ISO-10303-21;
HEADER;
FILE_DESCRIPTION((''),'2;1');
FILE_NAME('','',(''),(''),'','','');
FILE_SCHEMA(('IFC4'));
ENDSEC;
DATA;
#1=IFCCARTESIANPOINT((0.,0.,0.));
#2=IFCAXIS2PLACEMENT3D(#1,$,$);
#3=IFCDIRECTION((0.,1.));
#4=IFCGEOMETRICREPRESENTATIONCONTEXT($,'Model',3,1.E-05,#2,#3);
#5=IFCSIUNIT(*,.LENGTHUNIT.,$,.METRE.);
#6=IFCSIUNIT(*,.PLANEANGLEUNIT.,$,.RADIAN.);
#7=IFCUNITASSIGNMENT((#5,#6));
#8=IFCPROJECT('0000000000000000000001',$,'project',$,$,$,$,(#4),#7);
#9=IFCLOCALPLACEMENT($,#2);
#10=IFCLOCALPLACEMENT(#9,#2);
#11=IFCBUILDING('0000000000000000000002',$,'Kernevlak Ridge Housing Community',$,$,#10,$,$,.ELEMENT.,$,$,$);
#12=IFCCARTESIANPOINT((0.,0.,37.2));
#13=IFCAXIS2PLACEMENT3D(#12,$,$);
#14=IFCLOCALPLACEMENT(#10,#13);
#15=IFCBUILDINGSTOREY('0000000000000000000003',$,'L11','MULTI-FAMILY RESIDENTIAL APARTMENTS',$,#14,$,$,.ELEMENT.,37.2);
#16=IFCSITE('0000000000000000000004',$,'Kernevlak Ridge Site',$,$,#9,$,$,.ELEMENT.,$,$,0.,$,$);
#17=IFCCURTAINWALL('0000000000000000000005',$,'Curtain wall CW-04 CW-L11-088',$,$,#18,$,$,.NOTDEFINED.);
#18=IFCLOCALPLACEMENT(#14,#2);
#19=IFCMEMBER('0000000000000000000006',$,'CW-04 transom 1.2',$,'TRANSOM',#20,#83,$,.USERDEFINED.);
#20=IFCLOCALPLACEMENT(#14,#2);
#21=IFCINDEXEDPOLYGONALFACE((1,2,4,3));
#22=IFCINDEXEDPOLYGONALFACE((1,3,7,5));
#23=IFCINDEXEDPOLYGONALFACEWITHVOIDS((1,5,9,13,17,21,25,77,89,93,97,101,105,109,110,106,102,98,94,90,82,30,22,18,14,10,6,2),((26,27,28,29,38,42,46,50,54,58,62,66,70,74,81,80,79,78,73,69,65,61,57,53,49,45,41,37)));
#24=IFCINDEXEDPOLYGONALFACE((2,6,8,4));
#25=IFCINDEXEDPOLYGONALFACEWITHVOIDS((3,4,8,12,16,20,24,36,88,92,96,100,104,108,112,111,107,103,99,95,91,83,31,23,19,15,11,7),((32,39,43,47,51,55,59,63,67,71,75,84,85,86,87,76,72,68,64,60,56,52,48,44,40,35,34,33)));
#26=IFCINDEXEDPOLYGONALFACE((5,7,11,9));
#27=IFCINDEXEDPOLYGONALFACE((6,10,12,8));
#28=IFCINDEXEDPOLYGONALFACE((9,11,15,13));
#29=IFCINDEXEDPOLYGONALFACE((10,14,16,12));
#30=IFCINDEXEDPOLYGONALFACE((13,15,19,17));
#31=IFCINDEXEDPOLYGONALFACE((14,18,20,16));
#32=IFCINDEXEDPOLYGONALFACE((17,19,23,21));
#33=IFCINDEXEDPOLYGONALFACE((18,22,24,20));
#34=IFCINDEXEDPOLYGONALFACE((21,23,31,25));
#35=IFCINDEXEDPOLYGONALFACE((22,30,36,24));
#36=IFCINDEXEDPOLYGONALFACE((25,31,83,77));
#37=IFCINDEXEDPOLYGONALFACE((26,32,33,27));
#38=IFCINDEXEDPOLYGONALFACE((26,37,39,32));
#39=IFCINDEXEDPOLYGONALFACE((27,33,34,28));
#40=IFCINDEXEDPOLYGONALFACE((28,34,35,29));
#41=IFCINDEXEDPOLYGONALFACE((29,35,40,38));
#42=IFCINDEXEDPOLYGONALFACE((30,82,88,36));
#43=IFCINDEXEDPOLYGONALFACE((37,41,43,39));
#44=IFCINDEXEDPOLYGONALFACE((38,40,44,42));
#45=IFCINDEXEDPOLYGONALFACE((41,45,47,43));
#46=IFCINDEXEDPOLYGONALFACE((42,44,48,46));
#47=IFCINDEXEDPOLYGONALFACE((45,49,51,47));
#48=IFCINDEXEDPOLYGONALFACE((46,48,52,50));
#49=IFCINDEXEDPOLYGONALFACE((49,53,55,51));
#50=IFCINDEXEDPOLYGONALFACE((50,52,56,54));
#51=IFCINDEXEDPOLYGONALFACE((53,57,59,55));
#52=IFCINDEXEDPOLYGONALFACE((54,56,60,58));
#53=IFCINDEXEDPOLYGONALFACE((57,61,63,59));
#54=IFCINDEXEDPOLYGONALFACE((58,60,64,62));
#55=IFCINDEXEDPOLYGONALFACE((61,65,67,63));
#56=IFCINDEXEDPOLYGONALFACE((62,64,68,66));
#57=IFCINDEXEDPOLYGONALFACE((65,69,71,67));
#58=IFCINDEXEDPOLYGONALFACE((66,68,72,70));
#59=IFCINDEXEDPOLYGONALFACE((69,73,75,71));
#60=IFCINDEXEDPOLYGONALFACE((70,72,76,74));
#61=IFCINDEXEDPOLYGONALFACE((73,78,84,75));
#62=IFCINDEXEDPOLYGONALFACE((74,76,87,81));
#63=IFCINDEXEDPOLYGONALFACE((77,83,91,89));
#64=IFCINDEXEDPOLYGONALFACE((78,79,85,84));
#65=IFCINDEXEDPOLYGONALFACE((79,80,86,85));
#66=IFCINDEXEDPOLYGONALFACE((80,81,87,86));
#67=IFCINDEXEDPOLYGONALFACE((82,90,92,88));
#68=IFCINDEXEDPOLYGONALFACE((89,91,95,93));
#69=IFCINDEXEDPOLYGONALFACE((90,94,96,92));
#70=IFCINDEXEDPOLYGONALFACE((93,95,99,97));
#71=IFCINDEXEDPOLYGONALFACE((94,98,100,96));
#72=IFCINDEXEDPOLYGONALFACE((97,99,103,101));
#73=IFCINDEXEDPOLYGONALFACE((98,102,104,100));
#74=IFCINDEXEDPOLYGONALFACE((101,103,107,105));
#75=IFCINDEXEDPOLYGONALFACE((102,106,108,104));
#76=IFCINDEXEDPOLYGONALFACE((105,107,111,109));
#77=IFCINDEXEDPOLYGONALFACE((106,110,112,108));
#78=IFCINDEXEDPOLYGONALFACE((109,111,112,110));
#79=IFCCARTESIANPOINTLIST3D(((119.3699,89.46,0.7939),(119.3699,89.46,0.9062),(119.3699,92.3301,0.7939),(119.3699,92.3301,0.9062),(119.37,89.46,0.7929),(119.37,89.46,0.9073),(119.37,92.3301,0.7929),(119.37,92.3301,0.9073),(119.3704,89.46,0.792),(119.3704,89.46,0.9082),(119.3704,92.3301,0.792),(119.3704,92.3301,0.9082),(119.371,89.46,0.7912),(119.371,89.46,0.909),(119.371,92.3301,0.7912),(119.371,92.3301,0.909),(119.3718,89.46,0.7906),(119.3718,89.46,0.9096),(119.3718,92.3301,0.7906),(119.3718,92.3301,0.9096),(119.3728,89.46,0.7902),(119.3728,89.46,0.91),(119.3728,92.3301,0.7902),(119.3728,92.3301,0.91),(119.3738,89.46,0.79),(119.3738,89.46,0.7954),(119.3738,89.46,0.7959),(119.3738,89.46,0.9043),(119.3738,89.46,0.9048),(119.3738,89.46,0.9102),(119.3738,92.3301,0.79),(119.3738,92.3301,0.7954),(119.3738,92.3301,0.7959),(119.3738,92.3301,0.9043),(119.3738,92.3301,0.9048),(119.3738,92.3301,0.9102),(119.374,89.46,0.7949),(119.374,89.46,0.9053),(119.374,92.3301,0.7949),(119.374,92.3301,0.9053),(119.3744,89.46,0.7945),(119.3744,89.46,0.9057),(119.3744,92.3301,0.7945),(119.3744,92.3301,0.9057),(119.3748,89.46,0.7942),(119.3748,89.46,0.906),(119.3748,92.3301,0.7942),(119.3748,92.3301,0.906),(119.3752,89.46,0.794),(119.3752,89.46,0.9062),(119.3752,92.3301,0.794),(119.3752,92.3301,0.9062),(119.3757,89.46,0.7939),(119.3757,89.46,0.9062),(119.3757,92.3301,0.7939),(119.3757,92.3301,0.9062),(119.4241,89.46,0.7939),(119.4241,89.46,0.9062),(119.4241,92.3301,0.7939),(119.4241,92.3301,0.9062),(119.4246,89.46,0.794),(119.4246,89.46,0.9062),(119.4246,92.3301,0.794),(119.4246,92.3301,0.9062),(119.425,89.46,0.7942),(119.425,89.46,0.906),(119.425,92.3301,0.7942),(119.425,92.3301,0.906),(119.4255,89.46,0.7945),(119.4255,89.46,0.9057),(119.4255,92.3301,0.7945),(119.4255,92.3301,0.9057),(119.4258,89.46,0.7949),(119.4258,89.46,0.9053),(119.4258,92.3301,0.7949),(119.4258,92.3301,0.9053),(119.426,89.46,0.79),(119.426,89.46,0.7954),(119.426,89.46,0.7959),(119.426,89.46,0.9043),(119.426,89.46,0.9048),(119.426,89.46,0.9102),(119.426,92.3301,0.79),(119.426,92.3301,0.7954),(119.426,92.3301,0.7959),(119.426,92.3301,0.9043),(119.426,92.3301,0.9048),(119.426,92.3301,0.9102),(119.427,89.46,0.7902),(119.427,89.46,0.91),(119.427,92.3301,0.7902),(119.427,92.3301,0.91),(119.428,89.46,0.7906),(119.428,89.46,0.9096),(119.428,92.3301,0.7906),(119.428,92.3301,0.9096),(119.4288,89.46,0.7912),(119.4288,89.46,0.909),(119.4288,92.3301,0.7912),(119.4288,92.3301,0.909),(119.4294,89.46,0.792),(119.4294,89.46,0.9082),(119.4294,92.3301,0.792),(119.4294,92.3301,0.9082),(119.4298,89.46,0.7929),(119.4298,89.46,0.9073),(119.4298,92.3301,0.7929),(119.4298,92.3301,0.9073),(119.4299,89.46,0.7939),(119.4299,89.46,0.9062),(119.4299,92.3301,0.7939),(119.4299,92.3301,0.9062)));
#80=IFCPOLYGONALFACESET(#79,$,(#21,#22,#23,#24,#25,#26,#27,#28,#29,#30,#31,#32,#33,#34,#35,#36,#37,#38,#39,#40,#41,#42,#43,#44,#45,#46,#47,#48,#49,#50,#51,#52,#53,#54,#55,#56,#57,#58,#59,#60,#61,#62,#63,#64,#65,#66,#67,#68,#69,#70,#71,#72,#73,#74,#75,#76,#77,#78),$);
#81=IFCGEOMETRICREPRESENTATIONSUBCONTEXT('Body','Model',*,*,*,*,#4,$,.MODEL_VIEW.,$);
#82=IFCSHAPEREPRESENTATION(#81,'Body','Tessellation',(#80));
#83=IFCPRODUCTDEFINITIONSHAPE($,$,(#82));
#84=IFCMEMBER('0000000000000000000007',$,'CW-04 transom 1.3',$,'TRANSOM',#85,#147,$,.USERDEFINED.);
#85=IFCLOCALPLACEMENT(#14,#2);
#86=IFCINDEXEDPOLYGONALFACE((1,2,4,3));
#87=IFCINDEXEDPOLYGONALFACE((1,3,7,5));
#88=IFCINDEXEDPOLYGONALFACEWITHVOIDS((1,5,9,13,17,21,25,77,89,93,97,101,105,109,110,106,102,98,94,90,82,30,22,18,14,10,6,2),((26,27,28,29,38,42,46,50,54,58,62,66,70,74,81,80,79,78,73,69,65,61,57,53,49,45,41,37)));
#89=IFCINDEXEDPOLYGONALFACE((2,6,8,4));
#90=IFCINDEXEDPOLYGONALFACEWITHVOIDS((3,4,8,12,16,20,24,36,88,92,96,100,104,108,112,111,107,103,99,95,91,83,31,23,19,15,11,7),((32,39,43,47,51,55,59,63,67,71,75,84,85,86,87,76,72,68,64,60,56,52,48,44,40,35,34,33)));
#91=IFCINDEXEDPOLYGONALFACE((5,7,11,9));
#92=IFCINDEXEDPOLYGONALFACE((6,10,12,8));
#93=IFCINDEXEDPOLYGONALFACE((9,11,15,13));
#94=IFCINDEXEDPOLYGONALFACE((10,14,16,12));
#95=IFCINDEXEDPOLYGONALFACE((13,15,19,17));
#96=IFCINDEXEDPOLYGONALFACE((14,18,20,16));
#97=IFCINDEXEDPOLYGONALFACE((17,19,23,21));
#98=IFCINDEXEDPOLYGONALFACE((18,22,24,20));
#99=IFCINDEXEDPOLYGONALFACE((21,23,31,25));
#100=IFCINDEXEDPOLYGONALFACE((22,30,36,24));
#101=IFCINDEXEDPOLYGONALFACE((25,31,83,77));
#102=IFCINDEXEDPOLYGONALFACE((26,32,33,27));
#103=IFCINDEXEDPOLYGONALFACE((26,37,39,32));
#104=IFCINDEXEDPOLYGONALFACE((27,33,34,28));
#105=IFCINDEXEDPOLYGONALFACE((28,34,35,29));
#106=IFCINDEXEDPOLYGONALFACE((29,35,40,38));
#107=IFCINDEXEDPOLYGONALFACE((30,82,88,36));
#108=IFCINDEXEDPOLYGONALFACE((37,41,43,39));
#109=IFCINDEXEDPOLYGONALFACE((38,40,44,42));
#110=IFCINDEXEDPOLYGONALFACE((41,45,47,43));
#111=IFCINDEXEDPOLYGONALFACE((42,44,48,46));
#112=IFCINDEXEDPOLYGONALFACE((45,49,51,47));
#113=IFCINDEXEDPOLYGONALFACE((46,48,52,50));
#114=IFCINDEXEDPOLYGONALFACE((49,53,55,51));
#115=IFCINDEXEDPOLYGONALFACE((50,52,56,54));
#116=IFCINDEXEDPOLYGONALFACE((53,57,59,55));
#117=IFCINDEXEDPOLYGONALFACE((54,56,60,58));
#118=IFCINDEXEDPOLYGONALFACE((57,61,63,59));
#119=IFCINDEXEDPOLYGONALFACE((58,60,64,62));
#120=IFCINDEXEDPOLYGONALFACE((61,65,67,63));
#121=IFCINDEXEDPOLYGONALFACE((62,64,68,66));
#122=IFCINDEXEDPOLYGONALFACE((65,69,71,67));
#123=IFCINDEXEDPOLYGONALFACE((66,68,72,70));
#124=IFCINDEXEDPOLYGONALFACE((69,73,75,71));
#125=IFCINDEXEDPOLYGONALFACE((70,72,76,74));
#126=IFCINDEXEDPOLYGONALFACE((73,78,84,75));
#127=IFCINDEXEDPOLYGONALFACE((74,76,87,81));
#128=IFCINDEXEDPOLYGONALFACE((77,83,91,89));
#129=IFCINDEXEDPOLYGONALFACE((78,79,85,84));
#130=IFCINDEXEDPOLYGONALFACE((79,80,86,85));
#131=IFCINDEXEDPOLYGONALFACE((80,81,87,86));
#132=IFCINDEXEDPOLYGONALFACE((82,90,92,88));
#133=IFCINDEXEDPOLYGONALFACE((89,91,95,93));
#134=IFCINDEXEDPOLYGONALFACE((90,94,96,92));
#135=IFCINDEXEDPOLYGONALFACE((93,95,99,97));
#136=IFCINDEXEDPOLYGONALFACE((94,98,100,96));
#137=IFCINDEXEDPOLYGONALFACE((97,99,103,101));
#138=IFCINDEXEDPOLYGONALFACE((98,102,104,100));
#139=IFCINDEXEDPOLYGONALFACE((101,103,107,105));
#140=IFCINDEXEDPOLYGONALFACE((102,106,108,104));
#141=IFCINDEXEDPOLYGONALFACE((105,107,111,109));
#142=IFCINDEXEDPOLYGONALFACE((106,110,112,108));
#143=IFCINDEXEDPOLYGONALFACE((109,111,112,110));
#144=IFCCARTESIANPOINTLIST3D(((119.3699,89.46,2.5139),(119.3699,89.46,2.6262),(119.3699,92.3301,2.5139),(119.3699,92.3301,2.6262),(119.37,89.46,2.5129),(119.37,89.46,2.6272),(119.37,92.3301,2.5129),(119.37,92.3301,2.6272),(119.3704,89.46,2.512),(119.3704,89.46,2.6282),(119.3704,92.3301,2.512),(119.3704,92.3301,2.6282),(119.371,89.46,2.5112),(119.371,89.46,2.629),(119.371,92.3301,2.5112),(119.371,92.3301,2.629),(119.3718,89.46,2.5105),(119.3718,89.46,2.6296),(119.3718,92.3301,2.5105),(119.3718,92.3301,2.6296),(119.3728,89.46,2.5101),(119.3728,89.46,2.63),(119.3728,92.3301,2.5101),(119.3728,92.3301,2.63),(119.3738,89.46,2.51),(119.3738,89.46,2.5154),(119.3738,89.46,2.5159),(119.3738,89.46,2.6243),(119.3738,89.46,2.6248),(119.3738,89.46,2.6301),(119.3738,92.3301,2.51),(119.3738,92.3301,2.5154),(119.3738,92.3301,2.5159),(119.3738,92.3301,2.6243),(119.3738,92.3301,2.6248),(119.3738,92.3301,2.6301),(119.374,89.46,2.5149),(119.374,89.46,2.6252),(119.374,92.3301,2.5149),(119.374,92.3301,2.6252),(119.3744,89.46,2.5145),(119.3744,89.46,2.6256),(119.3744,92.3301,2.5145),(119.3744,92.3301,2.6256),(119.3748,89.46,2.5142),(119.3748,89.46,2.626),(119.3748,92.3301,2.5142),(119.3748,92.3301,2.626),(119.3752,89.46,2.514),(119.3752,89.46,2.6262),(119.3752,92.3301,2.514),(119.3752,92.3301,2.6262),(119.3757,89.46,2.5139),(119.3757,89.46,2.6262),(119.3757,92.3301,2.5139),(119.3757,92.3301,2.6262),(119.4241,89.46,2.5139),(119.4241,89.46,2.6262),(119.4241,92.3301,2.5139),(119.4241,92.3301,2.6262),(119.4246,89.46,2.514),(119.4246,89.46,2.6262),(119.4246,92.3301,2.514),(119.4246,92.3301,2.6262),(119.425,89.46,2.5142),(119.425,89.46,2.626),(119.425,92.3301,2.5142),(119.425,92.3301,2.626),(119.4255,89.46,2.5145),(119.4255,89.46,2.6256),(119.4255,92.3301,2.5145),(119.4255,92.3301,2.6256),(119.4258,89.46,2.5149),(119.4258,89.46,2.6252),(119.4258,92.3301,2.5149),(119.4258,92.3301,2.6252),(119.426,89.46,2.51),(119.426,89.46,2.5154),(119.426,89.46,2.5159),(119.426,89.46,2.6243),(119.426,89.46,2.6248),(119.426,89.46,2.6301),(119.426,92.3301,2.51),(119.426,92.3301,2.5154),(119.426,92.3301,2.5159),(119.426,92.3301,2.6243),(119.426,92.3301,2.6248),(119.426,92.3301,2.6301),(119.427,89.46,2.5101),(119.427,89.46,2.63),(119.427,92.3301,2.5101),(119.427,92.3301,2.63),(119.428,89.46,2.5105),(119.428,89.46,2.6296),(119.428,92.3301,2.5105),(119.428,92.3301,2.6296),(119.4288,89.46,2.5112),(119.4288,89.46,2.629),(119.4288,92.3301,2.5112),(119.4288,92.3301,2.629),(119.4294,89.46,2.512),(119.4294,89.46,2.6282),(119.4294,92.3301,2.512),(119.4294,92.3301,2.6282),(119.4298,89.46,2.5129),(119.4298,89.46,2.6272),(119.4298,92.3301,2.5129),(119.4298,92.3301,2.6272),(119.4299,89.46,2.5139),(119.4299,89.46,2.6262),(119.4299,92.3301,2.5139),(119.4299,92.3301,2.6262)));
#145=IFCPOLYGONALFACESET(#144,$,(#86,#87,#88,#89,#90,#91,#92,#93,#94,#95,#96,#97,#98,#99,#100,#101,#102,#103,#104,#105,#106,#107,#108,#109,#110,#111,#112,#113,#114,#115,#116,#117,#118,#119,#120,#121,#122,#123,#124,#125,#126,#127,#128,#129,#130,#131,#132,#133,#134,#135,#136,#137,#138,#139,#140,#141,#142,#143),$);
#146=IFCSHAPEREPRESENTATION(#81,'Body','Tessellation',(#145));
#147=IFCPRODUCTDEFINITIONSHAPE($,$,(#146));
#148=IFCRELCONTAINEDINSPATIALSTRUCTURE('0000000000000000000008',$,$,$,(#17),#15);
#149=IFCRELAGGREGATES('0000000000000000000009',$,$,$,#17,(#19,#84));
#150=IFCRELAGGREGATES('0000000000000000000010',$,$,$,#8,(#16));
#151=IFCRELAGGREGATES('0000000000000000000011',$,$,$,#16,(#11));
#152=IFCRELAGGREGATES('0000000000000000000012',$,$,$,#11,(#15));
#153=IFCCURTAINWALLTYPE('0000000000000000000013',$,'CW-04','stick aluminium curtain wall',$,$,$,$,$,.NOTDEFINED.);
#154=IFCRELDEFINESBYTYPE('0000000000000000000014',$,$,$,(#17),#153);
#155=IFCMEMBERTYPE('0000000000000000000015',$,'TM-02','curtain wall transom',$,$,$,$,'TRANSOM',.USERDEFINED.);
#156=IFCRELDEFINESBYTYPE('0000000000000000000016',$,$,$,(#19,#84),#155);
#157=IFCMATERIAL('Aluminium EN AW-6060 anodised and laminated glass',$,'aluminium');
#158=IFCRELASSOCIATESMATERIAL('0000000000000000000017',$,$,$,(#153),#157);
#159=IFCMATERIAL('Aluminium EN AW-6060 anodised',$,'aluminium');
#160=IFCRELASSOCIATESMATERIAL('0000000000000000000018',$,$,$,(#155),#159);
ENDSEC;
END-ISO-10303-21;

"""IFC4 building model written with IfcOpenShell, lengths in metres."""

from ifc_helpers import new_model, si_unit, direction, frame, origin, origin_2d, place, context, subcontext, project, spatial, hollow_rectangle, extrude, material, material_profile, profile_set, type_object, element, aggregate, save


model = new_model("IFC4")

# Units and contexts
model_context = context("Model", 3, precision=1e-05, world=origin(), true_north=direction((0.0, 1.0)))
body_context = subcontext(model_context, "Body", "Model", "MODEL_VIEW")
ifc_project = project(units=[si_unit("LENGTHUNIT", "METRE"), si_unit("PLANEANGLEUNIT", "RADIAN")], contexts=[model_context])

# Site, building, storey
site_placement = place(None, origin())
site = spatial("IfcSite", under=ifc_project, at=site_placement, Name="Kernevlak Ridge Site", CompositionType="ELEMENT", RefElevation=0.0)
building_placement = place(site_placement, origin())
building = spatial("IfcBuilding", under=site, at=building_placement, Name="Kernevlak Ridge Housing Community", CompositionType="ELEMENT")
storey_placement = place(building_placement, frame((0.0, 0.0, 37.2)))
storey = spatial("IfcBuildingStorey", under=building, at=storey_placement, Name="L11", Description="MULTI-FAMILY RESIDENTIAL APARTMENTS", CompositionType="ELEMENT", Elevation=37.2)

# Curtain wall
ifc_material_1 = material(Name="Aluminium EN AW-6060 anodised and laminated glass", Category="aluminium")
curtain_wall_type_1 = type_object("IfcCurtainWallType", Name="CW-04", Description="stick aluminium curtain wall", PredefinedType="NOTDEFINED", material=ifc_material_1)
curtain_wall_1_placement = place(storey_placement, origin())
curtain_wall_1 = element("IfcCurtainWall", 1, at=curtain_wall_1_placement, inside=storey, type_object=curtain_wall_type_1, Name="Curtain wall CW-04 CW-L11-088", PredefinedType="NOTDEFINED")
ifc_material_2 = material(Name="Aluminium EN AW-6060 anodised", Category="aluminium")

# Members
ifc_material_profile_1 = material_profile(ifc_material_2, hollow_rectangle(XDim=0.0601, YDim=0.1201, WallThickness=0.0039, InnerFilletRadius=0.002, OuterFilletRadius=0.0039, at=origin_2d()), Name="ALU 60x120x4")
ifc_profile_set_1 = profile_set([ifc_material_profile_1], Name="Aluminium EN AW-6060 anodised")
member_type_1 = type_object("IfcMemberType", Name="TM-02", Description="curtain wall transom", ElementType="TRANSOM", PredefinedType="USERDEFINED", material=ifc_profile_set_1)
member_1_placement = place(storey_placement, frame((119.3999, 89.46, 0.8501), z_axis=(0.0, 1.0, 0.0), x_axis=(-1.0, 0.0, 0.0)))
member_1 = element("IfcMember", 2, at=member_1_placement, type_object=member_type_1, Name="CW-04 transom 1.2", ObjectType="TRANSOM", PredefinedType="USERDEFINED", context=body_context, shape_type="SweptSolid", body=[
    extrude(hollow_rectangle(XDim=0.0601, YDim=0.1201, WallThickness=0.0039, InnerFilletRadius=0.002, OuterFilletRadius=0.0039, at=origin_2d()), origin(), (0.0, 0.0, 1.0), 2.8701),
])
member_2_placement = place(storey_placement, frame((119.3999, 89.46, 2.5701), z_axis=(0.0, 1.0, 0.0), x_axis=(-1.0, 0.0, 0.0)))
member_2 = element("IfcMember", 3, at=member_2_placement, type_object=member_type_1, Name="CW-04 transom 1.3", ObjectType="TRANSOM", PredefinedType="USERDEFINED", context=body_context, shape_type="SweptSolid", body=[
    extrude(hollow_rectangle(XDim=0.0601, YDim=0.1201, WallThickness=0.0039, InnerFilletRadius=0.002, OuterFilletRadius=0.0039, at=origin_2d()), origin(), (0.0, 0.0, 1.0), 2.8701),
])

aggregate(curtain_wall_1, [member_1, member_2])

save(model, "model.ifc")
